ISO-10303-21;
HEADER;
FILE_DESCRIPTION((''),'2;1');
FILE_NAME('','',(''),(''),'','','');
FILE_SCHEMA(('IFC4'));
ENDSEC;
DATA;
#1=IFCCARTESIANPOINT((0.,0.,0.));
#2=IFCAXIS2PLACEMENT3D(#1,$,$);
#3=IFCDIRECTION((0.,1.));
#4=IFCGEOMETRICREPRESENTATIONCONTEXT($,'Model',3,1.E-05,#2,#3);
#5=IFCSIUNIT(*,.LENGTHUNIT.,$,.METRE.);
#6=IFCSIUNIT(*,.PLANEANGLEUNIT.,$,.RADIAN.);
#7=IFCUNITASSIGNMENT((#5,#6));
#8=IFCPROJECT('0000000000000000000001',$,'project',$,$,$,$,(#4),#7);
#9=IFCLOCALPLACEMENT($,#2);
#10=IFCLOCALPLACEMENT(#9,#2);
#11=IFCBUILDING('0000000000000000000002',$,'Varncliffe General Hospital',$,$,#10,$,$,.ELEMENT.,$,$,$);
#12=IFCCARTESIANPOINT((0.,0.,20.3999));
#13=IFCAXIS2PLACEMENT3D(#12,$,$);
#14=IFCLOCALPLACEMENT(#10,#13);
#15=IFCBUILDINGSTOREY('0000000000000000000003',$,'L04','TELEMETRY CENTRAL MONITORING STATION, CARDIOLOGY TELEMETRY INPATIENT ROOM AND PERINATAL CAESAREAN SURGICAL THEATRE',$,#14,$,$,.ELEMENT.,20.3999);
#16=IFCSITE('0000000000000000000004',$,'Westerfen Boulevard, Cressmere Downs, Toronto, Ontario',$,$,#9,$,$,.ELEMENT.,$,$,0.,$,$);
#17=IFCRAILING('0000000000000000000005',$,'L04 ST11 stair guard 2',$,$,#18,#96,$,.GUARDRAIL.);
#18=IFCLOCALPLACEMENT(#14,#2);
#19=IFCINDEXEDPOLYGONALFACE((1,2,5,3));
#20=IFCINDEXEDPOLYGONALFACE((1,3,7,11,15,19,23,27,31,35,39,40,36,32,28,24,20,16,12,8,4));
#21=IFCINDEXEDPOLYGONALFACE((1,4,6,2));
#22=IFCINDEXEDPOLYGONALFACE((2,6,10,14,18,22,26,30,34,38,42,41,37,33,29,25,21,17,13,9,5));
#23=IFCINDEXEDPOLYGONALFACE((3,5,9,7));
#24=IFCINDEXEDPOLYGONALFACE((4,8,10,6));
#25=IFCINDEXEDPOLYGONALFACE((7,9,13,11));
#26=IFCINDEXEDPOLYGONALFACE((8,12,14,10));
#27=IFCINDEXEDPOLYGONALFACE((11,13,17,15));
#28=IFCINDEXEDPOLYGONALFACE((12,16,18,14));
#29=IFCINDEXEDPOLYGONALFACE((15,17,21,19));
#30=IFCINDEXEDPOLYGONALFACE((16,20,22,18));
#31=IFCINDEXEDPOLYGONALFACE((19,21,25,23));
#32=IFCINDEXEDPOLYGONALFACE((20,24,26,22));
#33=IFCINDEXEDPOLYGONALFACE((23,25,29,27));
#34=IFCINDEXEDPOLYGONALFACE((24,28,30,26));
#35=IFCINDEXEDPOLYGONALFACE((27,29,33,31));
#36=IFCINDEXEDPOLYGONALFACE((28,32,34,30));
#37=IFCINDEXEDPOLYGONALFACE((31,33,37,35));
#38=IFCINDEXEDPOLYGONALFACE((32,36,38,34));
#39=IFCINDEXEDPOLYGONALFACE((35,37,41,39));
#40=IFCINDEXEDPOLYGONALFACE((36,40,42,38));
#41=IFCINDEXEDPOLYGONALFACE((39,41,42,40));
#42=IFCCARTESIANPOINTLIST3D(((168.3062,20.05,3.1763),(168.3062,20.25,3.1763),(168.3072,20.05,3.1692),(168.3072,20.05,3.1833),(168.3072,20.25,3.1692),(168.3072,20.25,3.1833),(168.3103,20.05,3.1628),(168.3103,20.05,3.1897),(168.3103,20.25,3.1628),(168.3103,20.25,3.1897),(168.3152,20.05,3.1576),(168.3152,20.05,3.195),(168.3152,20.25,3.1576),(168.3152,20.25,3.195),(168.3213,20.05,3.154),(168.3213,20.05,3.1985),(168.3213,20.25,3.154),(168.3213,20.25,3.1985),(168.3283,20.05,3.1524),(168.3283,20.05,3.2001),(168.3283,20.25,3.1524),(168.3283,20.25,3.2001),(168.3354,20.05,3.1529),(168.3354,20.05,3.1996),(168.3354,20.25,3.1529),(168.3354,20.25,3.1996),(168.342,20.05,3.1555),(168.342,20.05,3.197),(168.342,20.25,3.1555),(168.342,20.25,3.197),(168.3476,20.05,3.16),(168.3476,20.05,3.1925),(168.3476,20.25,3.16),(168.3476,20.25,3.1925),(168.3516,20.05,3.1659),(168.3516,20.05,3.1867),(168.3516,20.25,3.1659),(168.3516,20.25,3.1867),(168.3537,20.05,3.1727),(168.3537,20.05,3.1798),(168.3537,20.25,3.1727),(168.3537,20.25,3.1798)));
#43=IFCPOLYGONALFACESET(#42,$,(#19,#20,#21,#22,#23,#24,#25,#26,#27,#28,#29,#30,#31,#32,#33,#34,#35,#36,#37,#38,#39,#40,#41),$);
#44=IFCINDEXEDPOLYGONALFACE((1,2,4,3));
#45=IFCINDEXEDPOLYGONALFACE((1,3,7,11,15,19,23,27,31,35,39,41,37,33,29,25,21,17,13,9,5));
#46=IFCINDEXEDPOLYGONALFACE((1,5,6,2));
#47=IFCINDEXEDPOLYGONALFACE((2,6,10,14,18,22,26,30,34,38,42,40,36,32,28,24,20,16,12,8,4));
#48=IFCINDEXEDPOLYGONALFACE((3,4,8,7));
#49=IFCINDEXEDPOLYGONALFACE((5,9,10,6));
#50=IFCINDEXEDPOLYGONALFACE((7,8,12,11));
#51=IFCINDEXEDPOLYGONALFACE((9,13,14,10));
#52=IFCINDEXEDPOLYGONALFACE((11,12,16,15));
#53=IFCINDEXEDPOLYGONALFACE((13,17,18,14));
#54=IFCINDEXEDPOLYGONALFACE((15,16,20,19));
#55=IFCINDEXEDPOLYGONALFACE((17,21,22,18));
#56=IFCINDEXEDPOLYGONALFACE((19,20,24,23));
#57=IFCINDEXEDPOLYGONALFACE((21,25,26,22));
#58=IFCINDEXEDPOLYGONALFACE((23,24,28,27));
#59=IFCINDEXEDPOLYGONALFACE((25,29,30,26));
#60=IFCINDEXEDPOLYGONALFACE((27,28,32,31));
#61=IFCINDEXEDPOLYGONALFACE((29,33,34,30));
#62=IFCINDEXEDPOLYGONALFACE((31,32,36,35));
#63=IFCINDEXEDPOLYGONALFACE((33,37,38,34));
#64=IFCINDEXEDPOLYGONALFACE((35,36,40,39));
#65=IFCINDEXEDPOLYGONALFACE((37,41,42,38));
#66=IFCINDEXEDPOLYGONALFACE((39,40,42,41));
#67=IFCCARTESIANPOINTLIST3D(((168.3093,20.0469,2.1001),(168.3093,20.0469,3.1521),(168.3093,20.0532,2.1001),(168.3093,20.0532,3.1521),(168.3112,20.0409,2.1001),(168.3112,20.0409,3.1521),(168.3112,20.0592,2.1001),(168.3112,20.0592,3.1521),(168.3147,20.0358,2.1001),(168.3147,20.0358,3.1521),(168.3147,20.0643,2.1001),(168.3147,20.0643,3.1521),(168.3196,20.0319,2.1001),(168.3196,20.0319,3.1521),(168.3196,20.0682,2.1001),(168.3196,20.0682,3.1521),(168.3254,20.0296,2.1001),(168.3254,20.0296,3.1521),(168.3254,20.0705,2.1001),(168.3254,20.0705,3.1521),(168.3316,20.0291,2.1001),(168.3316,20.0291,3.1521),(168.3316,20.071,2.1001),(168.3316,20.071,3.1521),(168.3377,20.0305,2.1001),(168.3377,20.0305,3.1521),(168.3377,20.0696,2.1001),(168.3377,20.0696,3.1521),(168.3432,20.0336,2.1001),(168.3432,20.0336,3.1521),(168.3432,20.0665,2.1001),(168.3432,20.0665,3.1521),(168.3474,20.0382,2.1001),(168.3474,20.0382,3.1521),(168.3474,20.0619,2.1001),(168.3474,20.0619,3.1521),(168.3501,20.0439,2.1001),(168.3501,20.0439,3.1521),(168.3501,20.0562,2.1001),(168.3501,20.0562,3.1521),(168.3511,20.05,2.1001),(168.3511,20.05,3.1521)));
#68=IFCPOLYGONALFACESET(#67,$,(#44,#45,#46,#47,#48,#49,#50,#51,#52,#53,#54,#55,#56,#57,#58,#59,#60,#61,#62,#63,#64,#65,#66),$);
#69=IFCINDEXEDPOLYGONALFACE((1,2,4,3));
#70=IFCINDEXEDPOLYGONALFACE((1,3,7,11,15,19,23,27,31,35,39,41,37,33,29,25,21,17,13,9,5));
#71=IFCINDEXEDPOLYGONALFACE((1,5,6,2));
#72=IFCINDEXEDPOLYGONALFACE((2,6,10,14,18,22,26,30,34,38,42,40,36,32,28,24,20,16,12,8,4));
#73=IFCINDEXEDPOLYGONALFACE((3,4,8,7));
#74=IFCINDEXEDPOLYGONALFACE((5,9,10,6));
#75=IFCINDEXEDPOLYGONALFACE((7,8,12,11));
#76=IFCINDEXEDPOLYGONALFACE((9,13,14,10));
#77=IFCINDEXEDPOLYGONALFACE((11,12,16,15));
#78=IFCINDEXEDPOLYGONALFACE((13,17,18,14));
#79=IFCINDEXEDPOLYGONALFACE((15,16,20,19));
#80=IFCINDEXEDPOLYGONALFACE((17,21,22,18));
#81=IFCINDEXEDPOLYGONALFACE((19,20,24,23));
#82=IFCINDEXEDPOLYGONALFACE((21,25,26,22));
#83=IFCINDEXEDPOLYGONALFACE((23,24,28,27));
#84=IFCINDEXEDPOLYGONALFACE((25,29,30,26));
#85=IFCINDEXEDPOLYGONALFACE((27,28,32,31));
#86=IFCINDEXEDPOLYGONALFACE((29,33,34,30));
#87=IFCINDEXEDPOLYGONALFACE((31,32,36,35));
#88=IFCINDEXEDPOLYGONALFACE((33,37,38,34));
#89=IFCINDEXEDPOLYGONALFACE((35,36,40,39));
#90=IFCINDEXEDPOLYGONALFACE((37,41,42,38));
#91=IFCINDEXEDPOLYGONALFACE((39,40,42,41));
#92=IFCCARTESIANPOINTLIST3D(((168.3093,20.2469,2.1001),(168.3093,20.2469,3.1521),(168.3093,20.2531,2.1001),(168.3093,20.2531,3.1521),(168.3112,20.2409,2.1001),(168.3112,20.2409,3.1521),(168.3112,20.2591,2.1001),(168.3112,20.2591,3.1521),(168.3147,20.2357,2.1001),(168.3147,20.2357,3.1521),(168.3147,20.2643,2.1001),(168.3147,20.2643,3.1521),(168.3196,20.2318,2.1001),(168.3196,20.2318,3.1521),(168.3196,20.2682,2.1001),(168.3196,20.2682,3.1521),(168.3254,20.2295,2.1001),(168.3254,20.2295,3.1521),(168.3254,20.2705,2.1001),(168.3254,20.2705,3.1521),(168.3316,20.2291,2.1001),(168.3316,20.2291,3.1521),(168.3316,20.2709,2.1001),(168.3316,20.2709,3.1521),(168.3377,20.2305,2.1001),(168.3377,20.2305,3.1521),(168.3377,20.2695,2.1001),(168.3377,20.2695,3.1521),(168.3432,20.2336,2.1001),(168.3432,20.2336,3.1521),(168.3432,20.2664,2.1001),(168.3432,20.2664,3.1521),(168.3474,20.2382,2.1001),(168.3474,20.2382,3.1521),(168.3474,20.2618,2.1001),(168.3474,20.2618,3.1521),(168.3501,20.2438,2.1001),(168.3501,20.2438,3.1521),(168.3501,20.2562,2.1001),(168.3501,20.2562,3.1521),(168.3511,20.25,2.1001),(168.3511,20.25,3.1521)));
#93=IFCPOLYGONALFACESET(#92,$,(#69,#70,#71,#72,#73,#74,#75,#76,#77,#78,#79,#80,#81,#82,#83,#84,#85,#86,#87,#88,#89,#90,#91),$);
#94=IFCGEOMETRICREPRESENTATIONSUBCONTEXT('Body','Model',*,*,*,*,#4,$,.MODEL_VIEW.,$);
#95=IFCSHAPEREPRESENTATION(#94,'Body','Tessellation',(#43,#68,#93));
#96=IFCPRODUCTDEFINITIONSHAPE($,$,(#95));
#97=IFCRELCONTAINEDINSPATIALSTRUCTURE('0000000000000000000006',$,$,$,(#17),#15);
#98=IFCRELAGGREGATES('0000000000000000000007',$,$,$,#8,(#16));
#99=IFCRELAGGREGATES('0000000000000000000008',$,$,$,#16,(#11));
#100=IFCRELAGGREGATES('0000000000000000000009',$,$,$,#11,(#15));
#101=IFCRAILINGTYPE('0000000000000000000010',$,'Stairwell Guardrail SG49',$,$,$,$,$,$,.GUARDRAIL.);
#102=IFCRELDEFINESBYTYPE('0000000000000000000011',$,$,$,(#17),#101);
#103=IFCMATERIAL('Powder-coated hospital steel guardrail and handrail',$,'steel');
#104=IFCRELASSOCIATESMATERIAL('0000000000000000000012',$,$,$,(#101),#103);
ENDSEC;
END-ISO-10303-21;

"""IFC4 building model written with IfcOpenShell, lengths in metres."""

from ifc_helpers import new_model, si_unit, direction, frame, origin, origin_2d, place, context, subcontext, project, spatial, circle, extrude, material, type_object, element, save


model = new_model("IFC4")

# Units and contexts
model_context = context("Model", 3, precision=1e-05, world=origin(), true_north=direction((0.0, 1.0)))
body_context = subcontext(model_context, "Body", "Model", "MODEL_VIEW")
ifc_project = project(units=[si_unit("LENGTHUNIT", "METRE"), si_unit("PLANEANGLEUNIT", "RADIAN")], contexts=[model_context])

# Site, building, storey
site_placement = place(None, origin())
site = spatial("IfcSite", under=ifc_project, at=site_placement, Name="Westerfen Boulevard, Cressmere Downs, Toronto, Ontario", CompositionType="ELEMENT", RefElevation=0.0)
building_placement = place(site_placement, origin())
building = spatial("IfcBuilding", under=site, at=building_placement, Name="Varncliffe General Hospital", CompositionType="ELEMENT")
storey_placement = place(building_placement, frame((0.0, 0.0, 20.3999)))
storey = spatial("IfcBuildingStorey", under=building, at=storey_placement, Name="L04", Description="TELEMETRY CENTRAL MONITORING STATION, CARDIOLOGY TELEMETRY INPATIENT ROOM AND PERINATAL CAESAREAN SURGICAL THEATRE", CompositionType="ELEMENT", Elevation=20.3999)

# Railing
ifc_material_1 = material(Name="Powder-coated hospital steel guardrail and handrail", Category="steel")
railing_type_1 = type_object("IfcRailingType", Name="Stairwell Guardrail SG49", PredefinedType="GUARDRAIL", material=ifc_material_1)
railing_1_placement = place(storey_placement, frame((168.3301, 20.05, 2.1001)))
element("IfcRailing", 1, at=railing_1_placement, inside=storey, type_object=railing_type_1, Name="L04 ST11 stair guard 2", PredefinedType="GUARDRAIL", context=body_context, shape_type="SweptSolid", body=[
    extrude(circle(Radius=0.0239, at=origin_2d()), frame((0.0, 0.0, 1.0762), z_axis=(0.0, 1.0, 0.0), x_axis=(-1.0, 0.0, 0.0)), (0.0, 0.0, 1.0), 0.2),
    extrude(circle(Radius=0.021, at=origin_2d()), origin(), (0.0, 0.0, 1.0), 1.052),
    extrude(circle(Radius=0.021, at=origin_2d()), frame((0.0, 0.2, 0.0)), (0.0, 0.0, 1.0), 1.052),
])

save(model, "model.ifc")
